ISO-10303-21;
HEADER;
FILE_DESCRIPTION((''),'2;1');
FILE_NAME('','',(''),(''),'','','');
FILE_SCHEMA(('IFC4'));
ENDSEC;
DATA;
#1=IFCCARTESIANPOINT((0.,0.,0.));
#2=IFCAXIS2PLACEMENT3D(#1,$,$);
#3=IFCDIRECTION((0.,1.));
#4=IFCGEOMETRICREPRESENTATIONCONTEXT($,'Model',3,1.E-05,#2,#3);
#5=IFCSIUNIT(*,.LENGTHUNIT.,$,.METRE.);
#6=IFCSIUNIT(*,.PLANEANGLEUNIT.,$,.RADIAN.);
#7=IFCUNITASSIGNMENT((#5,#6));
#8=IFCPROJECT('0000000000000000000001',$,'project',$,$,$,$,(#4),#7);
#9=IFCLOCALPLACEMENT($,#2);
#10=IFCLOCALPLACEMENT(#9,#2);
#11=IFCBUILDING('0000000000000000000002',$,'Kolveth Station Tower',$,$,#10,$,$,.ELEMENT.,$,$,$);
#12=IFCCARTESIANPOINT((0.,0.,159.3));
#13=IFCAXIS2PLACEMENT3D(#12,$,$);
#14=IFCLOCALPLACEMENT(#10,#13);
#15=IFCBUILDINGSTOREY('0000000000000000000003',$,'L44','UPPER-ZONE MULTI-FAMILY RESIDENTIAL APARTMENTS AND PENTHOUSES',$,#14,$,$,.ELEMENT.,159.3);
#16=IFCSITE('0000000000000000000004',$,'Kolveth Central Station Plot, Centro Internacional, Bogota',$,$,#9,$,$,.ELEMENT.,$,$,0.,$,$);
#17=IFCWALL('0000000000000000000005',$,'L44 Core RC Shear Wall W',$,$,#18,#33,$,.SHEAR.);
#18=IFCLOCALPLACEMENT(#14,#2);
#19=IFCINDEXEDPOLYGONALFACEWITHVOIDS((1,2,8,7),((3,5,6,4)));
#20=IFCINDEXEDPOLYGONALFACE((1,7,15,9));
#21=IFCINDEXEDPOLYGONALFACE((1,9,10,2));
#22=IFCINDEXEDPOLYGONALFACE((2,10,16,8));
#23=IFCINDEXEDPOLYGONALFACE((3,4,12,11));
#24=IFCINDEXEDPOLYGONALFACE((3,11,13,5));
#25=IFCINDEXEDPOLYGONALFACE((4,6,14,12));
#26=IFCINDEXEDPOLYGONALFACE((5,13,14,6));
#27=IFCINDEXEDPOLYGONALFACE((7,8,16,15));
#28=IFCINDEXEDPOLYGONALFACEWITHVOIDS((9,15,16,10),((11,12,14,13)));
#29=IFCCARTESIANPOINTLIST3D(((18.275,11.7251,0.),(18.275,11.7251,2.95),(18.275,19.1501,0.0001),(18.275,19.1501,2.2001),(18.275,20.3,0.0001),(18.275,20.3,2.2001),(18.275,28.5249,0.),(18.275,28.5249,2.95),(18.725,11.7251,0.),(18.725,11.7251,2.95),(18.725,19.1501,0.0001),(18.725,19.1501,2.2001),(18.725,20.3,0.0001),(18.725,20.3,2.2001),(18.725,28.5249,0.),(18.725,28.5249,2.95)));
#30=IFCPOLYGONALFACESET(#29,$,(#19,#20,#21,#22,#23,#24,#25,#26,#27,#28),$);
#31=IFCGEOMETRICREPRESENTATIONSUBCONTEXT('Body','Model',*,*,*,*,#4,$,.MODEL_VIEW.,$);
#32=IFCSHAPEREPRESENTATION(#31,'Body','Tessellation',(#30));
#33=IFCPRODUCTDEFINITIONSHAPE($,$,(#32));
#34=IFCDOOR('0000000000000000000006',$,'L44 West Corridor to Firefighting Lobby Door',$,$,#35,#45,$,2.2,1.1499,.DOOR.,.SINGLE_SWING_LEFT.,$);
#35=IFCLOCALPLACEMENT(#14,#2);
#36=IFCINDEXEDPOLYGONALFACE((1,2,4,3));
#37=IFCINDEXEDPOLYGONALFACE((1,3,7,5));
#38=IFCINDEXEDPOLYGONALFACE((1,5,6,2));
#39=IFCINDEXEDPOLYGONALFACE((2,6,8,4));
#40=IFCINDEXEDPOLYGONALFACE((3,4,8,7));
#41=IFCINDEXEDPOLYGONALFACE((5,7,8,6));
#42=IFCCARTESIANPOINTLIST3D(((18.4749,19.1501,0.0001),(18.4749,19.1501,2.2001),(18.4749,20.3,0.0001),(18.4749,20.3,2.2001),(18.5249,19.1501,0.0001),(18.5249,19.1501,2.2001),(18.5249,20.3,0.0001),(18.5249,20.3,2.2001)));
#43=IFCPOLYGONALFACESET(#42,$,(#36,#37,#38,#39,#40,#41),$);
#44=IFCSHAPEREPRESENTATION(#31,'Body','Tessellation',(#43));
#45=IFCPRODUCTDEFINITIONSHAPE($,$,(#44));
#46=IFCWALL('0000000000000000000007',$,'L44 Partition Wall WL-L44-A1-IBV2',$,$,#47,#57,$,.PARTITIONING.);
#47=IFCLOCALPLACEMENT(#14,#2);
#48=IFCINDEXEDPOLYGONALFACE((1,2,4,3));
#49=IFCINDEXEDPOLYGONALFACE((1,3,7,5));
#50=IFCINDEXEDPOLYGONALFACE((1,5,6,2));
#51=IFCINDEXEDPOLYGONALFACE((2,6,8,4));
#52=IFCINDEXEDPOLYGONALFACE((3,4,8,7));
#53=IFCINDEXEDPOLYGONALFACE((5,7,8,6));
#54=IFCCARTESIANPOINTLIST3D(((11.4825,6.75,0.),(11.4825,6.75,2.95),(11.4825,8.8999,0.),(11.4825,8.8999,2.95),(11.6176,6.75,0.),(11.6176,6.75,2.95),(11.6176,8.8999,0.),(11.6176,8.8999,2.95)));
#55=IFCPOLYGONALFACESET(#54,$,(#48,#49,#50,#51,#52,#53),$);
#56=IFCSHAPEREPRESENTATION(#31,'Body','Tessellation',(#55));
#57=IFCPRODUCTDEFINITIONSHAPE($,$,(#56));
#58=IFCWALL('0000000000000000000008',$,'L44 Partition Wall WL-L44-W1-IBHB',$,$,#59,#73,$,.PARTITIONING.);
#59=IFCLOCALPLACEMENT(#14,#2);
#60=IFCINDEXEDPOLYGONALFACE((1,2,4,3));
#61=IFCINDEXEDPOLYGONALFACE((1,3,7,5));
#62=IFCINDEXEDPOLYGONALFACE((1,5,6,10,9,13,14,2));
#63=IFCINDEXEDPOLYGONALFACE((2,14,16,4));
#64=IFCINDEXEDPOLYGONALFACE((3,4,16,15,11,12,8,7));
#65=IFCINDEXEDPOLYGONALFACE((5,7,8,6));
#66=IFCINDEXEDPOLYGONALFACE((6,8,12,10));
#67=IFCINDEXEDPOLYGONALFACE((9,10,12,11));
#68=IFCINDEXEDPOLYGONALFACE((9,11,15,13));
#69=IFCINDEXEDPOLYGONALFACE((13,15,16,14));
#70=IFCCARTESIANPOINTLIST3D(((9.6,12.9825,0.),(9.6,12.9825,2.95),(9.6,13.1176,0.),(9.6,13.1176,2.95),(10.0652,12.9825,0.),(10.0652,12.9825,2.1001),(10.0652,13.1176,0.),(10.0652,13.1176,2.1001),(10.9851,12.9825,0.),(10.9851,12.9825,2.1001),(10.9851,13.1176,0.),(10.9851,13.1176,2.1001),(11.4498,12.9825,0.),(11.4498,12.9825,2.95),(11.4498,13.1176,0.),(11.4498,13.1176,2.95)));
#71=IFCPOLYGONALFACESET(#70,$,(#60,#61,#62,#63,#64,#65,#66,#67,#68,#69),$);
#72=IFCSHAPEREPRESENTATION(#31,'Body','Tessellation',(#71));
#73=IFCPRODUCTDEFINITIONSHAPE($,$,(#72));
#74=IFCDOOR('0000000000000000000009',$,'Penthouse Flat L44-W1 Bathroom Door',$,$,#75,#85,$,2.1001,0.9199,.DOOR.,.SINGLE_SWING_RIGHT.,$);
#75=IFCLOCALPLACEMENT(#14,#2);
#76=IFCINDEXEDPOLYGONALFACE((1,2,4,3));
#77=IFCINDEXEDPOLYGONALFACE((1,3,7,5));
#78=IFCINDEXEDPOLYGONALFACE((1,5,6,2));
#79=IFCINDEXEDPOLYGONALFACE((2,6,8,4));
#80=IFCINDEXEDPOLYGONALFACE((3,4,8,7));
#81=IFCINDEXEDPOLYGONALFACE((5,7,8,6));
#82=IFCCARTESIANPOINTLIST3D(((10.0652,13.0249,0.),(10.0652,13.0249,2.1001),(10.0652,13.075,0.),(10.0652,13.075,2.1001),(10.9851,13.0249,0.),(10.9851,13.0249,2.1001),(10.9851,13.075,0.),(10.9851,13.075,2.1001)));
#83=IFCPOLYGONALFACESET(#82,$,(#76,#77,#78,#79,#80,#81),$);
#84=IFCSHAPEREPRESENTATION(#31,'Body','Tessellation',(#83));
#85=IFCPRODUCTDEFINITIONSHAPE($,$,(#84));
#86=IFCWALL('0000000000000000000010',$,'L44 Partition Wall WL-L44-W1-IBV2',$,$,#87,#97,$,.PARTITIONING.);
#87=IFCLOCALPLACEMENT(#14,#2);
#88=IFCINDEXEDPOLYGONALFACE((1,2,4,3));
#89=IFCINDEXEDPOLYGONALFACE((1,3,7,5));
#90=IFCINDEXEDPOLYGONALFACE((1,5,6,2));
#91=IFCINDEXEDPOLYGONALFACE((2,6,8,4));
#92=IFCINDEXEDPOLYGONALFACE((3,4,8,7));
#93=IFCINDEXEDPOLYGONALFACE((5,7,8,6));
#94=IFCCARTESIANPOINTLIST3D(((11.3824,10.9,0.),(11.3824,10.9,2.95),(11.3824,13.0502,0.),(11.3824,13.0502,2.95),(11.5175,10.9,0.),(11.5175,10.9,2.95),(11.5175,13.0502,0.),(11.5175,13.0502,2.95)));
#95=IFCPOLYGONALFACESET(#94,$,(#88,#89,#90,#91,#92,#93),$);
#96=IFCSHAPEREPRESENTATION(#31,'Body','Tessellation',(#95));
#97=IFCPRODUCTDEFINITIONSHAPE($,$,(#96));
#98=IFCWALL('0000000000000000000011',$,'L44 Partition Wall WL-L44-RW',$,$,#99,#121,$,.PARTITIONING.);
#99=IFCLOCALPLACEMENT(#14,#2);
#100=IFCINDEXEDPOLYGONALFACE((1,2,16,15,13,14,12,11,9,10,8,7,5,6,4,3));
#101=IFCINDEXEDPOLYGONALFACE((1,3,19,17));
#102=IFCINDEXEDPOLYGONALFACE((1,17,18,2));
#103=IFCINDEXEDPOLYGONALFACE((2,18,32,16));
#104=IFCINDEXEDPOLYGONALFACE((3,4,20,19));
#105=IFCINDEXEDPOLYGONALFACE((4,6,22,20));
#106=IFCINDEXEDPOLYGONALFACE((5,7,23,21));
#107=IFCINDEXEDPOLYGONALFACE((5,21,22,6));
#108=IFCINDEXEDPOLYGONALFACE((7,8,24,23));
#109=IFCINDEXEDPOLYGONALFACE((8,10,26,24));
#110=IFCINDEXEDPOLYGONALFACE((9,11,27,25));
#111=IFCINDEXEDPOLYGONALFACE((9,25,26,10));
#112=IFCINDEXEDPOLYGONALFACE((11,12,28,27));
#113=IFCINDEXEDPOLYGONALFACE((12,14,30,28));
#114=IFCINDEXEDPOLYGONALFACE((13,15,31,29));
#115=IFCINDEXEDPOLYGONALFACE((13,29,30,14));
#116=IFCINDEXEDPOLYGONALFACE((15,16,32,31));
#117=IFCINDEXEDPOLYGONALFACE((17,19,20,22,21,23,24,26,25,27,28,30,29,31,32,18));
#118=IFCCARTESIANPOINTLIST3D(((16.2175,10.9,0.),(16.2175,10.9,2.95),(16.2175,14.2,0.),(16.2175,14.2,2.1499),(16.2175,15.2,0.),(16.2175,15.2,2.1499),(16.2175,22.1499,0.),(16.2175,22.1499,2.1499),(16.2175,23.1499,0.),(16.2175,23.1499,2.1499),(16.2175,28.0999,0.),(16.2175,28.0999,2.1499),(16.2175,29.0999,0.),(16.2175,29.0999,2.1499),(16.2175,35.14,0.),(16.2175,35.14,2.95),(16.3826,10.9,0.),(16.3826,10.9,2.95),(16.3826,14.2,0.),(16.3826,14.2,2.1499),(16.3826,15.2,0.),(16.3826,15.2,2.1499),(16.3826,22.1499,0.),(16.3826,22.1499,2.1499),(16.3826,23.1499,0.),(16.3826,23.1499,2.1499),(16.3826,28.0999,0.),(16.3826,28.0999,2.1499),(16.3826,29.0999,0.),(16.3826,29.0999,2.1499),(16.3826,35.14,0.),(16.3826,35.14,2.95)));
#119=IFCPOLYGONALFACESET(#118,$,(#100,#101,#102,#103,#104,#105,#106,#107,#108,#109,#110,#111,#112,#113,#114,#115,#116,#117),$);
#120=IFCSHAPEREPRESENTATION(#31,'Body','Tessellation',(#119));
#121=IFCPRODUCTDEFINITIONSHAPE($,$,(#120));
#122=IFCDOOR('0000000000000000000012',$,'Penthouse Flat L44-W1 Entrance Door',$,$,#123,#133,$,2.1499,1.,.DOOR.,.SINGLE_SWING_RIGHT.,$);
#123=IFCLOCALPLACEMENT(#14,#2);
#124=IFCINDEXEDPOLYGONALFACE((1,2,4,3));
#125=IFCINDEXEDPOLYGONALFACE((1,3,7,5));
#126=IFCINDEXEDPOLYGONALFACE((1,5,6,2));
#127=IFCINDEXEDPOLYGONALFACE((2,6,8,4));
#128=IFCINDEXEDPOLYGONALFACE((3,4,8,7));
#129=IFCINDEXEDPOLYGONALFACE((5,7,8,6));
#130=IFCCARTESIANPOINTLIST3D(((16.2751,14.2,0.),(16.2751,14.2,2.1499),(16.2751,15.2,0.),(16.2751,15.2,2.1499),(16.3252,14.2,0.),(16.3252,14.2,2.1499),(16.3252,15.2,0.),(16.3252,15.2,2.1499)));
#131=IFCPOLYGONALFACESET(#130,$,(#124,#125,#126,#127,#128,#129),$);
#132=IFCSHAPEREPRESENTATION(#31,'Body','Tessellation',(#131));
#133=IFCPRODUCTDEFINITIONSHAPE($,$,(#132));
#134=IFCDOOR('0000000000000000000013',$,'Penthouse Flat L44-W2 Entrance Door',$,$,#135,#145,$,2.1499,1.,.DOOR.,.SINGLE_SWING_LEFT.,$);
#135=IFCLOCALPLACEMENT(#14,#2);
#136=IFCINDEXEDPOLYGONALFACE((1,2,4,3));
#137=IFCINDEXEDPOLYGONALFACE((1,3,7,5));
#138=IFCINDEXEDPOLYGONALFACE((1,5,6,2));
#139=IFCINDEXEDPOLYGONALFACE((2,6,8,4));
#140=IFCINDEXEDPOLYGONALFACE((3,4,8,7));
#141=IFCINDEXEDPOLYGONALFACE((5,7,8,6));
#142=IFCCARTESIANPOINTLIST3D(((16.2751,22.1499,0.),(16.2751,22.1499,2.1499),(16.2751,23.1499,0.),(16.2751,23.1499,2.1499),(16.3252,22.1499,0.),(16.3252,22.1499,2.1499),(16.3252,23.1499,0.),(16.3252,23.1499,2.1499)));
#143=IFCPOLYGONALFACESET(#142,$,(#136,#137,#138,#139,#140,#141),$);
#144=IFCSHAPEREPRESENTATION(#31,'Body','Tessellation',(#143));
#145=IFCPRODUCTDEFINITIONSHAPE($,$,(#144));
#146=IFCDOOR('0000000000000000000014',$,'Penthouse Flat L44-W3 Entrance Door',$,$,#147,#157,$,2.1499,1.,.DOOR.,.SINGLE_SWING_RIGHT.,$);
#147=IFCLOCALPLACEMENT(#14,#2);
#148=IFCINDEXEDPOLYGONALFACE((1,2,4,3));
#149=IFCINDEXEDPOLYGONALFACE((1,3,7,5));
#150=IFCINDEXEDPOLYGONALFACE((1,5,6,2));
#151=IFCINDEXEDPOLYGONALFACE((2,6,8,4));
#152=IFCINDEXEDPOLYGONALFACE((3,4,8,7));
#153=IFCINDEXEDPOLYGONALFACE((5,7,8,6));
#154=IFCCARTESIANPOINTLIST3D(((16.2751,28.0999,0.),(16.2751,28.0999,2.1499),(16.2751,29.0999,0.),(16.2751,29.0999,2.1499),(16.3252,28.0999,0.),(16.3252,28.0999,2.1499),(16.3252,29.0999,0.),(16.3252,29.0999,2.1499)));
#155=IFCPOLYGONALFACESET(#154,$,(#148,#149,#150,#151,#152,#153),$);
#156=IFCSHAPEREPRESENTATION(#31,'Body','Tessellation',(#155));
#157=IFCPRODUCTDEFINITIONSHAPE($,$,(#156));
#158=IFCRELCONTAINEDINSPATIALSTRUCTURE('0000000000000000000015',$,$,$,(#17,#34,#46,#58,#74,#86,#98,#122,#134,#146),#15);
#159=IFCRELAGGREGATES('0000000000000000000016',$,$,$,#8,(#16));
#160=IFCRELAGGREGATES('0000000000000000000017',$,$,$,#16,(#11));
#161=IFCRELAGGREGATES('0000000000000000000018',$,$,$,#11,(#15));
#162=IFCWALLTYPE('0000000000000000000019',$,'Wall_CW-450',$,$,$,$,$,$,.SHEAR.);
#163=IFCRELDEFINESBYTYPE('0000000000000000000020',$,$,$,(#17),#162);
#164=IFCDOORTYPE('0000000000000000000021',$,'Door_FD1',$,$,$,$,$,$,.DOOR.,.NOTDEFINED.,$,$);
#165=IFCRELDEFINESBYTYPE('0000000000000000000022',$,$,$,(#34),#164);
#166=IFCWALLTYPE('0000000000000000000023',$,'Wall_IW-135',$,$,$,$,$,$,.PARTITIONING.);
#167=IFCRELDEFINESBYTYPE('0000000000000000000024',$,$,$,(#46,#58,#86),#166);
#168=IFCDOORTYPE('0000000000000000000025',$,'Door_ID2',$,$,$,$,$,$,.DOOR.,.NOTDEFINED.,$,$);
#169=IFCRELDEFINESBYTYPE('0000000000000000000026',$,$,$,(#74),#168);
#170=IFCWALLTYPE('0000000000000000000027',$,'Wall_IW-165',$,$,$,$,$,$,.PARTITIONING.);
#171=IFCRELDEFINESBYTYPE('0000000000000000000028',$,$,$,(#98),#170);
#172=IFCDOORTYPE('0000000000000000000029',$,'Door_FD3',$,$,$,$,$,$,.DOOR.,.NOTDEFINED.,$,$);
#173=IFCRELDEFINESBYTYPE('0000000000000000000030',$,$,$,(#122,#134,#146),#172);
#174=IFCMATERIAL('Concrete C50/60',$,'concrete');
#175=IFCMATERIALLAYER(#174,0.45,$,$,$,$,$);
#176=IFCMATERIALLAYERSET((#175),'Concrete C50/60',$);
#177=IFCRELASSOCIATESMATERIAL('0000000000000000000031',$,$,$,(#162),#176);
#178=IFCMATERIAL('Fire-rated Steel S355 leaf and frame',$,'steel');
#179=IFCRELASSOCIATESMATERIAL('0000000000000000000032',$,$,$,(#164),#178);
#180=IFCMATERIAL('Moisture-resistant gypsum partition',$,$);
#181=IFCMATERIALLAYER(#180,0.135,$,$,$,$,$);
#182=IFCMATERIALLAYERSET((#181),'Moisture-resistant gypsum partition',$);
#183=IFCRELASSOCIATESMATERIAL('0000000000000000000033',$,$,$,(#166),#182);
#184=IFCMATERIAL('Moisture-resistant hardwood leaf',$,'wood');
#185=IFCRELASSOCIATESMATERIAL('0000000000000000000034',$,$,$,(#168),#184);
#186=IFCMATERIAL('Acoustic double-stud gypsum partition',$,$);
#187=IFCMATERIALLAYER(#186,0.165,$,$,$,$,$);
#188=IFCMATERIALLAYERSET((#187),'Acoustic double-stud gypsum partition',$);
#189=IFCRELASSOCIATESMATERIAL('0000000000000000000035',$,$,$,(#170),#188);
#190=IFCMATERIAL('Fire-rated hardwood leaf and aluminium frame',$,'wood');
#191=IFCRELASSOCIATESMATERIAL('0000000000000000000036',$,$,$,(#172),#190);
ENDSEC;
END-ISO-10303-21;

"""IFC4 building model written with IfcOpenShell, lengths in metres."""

from ifc_helpers import new_model, si_unit, direction, frame, frame_2d, origin, place, context, subcontext, project, spatial, rectangle, extrude, material, layer, layer_set, type_object, element, fill, save


model = new_model("IFC4")

# Units and contexts
model_context = context("Model", 3, precision=1e-05, world=origin(), true_north=direction((0.0, 1.0)))
body_context = subcontext(model_context, "Body", "Model", "MODEL_VIEW")
ifc_project = project(units=[si_unit("LENGTHUNIT", "METRE"), si_unit("PLANEANGLEUNIT", "RADIAN")], contexts=[model_context])

# Site, building, storey
site_placement = place(None, origin())
site = spatial("IfcSite", under=ifc_project, at=site_placement, Name="Kolveth Central Station Plot, Centro Internacional, Bogota", CompositionType="ELEMENT", RefElevation=0.0)
building_placement = place(site_placement, origin())
building = spatial("IfcBuilding", under=site, at=building_placement, Name="Kolveth Station Tower", CompositionType="ELEMENT")
storey_placement = place(building_placement, frame((0.0, 0.0, 159.3)))
storey = spatial("IfcBuildingStorey", under=building, at=storey_placement, Name="L44", Description="UPPER-ZONE MULTI-FAMILY RESIDENTIAL APARTMENTS AND PENTHOUSES", CompositionType="ELEMENT", Elevation=159.3)

# Shared definitions
ifc_material_1 = material(Name="Concrete C50/60", Category="concrete")
ifc_layer_1 = layer(ifc_material_1, 0.45)
ifc_layer_set_1 = layer_set([ifc_layer_1], Name="Concrete C50/60")
wall_type_1 = type_object("IfcWallType", Name="Wall_CW-450", PredefinedType="SHEAR", material=ifc_layer_set_1)

# Wall, opening, door
wall_1_placement = place(storey_placement, frame((18.5, 11.7251, 0.0), z_axis=(0.0, 0.0, 1.0), x_axis=(0.0, 1.0, 0.0)))
wall_1 = element("IfcWall", 1, at=wall_1_placement, inside=storey, type_object=wall_type_1, Name="L44 Core RC Shear Wall W", PredefinedType="SHEAR", context=body_context, shape_type="SweptSolid", body=[
    extrude(rectangle(XDim=16.7998, YDim=0.45, at=frame_2d((8.3999, 0.0))), origin(), (0.0, 0.0, 1.0), 2.95),
])
opening_1_placement = place(wall_1_placement, frame((7.425, 0.0, 0.0)))
opening_1 = element("IfcOpeningElement", 2, at=opening_1_placement, cuts=wall_1, PredefinedType="OPENING", context=body_context, shape_type="SweptSolid", body=[
    extrude(rectangle(XDim=1.1499, YDim=2.2, at=frame_2d((0.575, 1.1001))), frame((0.0, 0.2349, 0.0), z_axis=(0.0, -1.0, 0.0), x_axis=(1.0, 0.0, 0.0)), (0.0, 0.0, 1.0), 0.47),
])
ifc_material_2 = material(Name="Fire-rated Steel S355 leaf and frame", Category="steel")
door_type_1 = type_object("IfcDoorType", Name="Door_FD1", OperationType="NOTDEFINED", PredefinedType="DOOR", material=ifc_material_2)
door_1_placement = place(opening_1_placement, frame((1.1499, 0.0, 0.0), z_axis=(0.0, 0.0, 1.0), x_axis=(-1.0, 0.0, 0.0)))
door_1 = element("IfcDoor", 3, at=door_1_placement, inside=storey, type_object=door_type_1, Name="L44 West Corridor to Firefighting Lobby Door", OperationType="SINGLE_SWING_LEFT", OverallHeight=2.2, OverallWidth=1.1499, PredefinedType="DOOR", context=body_context, shape_type="SweptSolid", body=[
    extrude(rectangle(XDim=1.1499, YDim=2.2, at=frame_2d((0.575, 1.1001))), frame((0.0, 0.0249, 0.0), z_axis=(0.0, -1.0, 0.0), x_axis=(1.0, 0.0, 0.0)), (0.0, 0.0, 1.0), 0.05),
])
fill(opening_1, door_1)

# Wall
ifc_material_3 = material(Name="Moisture-resistant gypsum partition")
ifc_layer_2 = layer(ifc_material_3, 0.135)
ifc_layer_set_2 = layer_set([ifc_layer_2], Name="Moisture-resistant gypsum partition")
wall_type_2 = type_object("IfcWallType", Name="Wall_IW-135", PredefinedType="PARTITIONING", material=ifc_layer_set_2)
wall_2_placement = place(storey_placement, frame((11.55, 6.75, 0.0), z_axis=(0.0, 0.0, 1.0), x_axis=(0.0, 1.0, 0.0)))
element("IfcWall", 4, at=wall_2_placement, inside=storey, type_object=wall_type_2, Name="L44 Partition Wall WL-L44-A1-IBV2", PredefinedType="PARTITIONING", context=body_context, shape_type="SweptSolid", body=[
    extrude(rectangle(XDim=2.1499, YDim=0.135, at=frame_2d((1.075, 0.0))), origin(), (0.0, 0.0, 1.0), 2.95),
])

# Wall, opening, door
wall_3_placement = place(storey_placement, frame((9.6001, 13.05, 0.0), z_axis=(0.0, 0.0, 1.0), x_axis=(1.0, 0.0, 0.0)))
wall_3 = element("IfcWall", 5, at=wall_3_placement, inside=storey, type_object=wall_type_2, Name="L44 Partition Wall WL-L44-W1-IBHB", PredefinedType="PARTITIONING", context=body_context, shape_type="SweptSolid", body=[
    extrude(rectangle(XDim=1.8499, YDim=0.135, at=frame_2d((0.9248, 0.0))), origin(), (0.0, 0.0, 1.0), 2.95),
])
opening_2_placement = place(wall_3_placement, frame((0.4651, 0.0, 0.0)))
opening_2 = element("IfcOpeningElement", 6, at=opening_2_placement, cuts=wall_3, PredefinedType="OPENING", context=body_context, shape_type="SweptSolid", body=[
    extrude(rectangle(XDim=0.9199, YDim=2.1001, at=frame_2d((0.46, 1.05))), frame((0.0, 0.0774, 0.0), z_axis=(0.0, -1.0, 0.0), x_axis=(1.0, 0.0, 0.0)), (0.0, 0.0, 1.0), 0.155),
])
ifc_material_4 = material(Name="Moisture-resistant hardwood leaf", Category="wood")
door_type_2 = type_object("IfcDoorType", Name="Door_ID2", OperationType="NOTDEFINED", PredefinedType="DOOR", material=ifc_material_4)
door_2_placement = place(opening_2_placement, origin())
door_2 = element("IfcDoor", 7, at=door_2_placement, inside=storey, type_object=door_type_2, Name="Penthouse Flat L44-W1 Bathroom Door", OperationType="SINGLE_SWING_RIGHT", OverallHeight=2.1001, OverallWidth=0.9199, PredefinedType="DOOR", context=body_context, shape_type="SweptSolid", body=[
    extrude(rectangle(XDim=0.9199, YDim=2.1001, at=frame_2d((0.46, 1.05))), frame((0.0, 0.0249, 0.0), z_axis=(0.0, -1.0, 0.0), x_axis=(1.0, 0.0, 0.0)), (0.0, 0.0, 1.0), 0.05),
])
fill(opening_2, door_2)

# Wall
wall_4_placement = place(storey_placement, frame((11.45, 10.8999, 0.0), z_axis=(0.0, 0.0, 1.0), x_axis=(0.0, 1.0, 0.0)))
element("IfcWall", 8, at=wall_4_placement, inside=storey, type_object=wall_type_2, Name="L44 Partition Wall WL-L44-W1-IBV2", PredefinedType="PARTITIONING", context=body_context, shape_type="SweptSolid", body=[
    extrude(rectangle(XDim=2.1501, YDim=0.135, at=frame_2d((1.0752, 0.0))), origin(), (0.0, 0.0, 1.0), 2.95),
])

# Wall, openings, doors
ifc_material_5 = material(Name="Acoustic double-stud gypsum partition")
ifc_layer_3 = layer(ifc_material_5, 0.165)
ifc_layer_set_3 = layer_set([ifc_layer_3], Name="Acoustic double-stud gypsum partition")
wall_type_3 = type_object("IfcWallType", Name="Wall_IW-165", PredefinedType="PARTITIONING", material=ifc_layer_set_3)
wall_5_placement = place(storey_placement, frame((16.3, 10.8999, 0.0), z_axis=(0.0, 0.0, 1.0), x_axis=(0.0, 1.0, 0.0)))
wall_5 = element("IfcWall", 9, at=wall_5_placement, inside=storey, type_object=wall_type_3, Name="L44 Partition Wall WL-L44-RW", PredefinedType="PARTITIONING", context=body_context, shape_type="SweptSolid", body=[
    extrude(rectangle(XDim=24.24, YDim=0.165, at=frame_2d((12.1201, 0.0))), origin(), (0.0, 0.0, 1.0), 2.95),
])
opening_3_placement = place(wall_5_placement, frame((3.3, 0.0, 0.0)))
opening_3 = element("IfcOpeningElement", 10, at=opening_3_placement, cuts=wall_5, PredefinedType="OPENING", context=body_context, shape_type="SweptSolid", body=[
    extrude(rectangle(XDim=1.0, YDim=2.1499, at=frame_2d((0.5, 1.075))), frame((0.0, 0.0925, 0.0), z_axis=(0.0, -1.0, 0.0), x_axis=(1.0, 0.0, 0.0)), (0.0, 0.0, 1.0), 0.1851),
])
opening_4_placement = place(wall_5_placement, frame((11.25, 0.0, 0.0)))
opening_4 = element("IfcOpeningElement", 11, at=opening_4_placement, cuts=wall_5, PredefinedType="OPENING", context=body_context, shape_type="SweptSolid", body=[
    extrude(rectangle(XDim=1.0, YDim=2.1499, at=frame_2d((0.5, 1.075))), frame((0.0, 0.0925, 0.0), z_axis=(0.0, -1.0, 0.0), x_axis=(1.0, 0.0, 0.0)), (0.0, 0.0, 1.0), 0.1851),
])
opening_5_placement = place(wall_5_placement, frame((17.2, 0.0, 0.0)))
opening_5 = element("IfcOpeningElement", 12, at=opening_5_placement, cuts=wall_5, PredefinedType="OPENING", context=body_context, shape_type="SweptSolid", body=[
    extrude(rectangle(XDim=1.0, YDim=2.1499, at=frame_2d((0.5, 1.075))), frame((0.0, 0.0925, 0.0), z_axis=(0.0, -1.0, 0.0), x_axis=(1.0, 0.0, 0.0)), (0.0, 0.0, 1.0), 0.1851),
])
ifc_material_6 = material(Name="Fire-rated hardwood leaf and aluminium frame", Category="wood")
door_type_3 = type_object("IfcDoorType", Name="Door_FD3", OperationType="NOTDEFINED", PredefinedType="DOOR", material=ifc_material_6)
door_3_placement = place(opening_3_placement, origin())
door_3 = element("IfcDoor", 13, at=door_3_placement, inside=storey, type_object=door_type_3, Name="Penthouse Flat L44-W1 Entrance Door", OperationType="SINGLE_SWING_RIGHT", OverallHeight=2.1499, OverallWidth=1.0, PredefinedType="DOOR", context=body_context, shape_type="SweptSolid", body=[
    extrude(rectangle(XDim=1.0, YDim=2.1499, at=frame_2d((0.5, 1.075))), frame((0.0, 0.0249, 0.0), z_axis=(0.0, -1.0, 0.0), x_axis=(1.0, 0.0, 0.0)), (0.0, 0.0, 1.0), 0.05),
])
fill(opening_3, door_3)
door_4_placement = place(opening_4_placement, origin())
door_4 = element("IfcDoor", 14, at=door_4_placement, inside=storey, type_object=door_type_3, Name="Penthouse Flat L44-W2 Entrance Door", OperationType="SINGLE_SWING_LEFT", OverallHeight=2.1499, OverallWidth=1.0, PredefinedType="DOOR", context=body_context, shape_type="SweptSolid", body=[
    extrude(rectangle(XDim=1.0, YDim=2.1499, at=frame_2d((0.5, 1.075))), frame((0.0, 0.0249, 0.0), z_axis=(0.0, -1.0, 0.0), x_axis=(1.0, 0.0, 0.0)), (0.0, 0.0, 1.0), 0.05),
])
fill(opening_4, door_4)
door_5_placement = place(opening_5_placement, origin())
door_5 = element("IfcDoor", 15, at=door_5_placement, inside=storey, type_object=door_type_3, Name="Penthouse Flat L44-W3 Entrance Door", OperationType="SINGLE_SWING_RIGHT", OverallHeight=2.1499, OverallWidth=1.0, PredefinedType="DOOR", context=body_context, shape_type="SweptSolid", body=[
    extrude(rectangle(XDim=1.0, YDim=2.1499, at=frame_2d((0.5, 1.075))), frame((0.0, 0.0249, 0.0), z_axis=(0.0, -1.0, 0.0), x_axis=(1.0, 0.0, 0.0)), (0.0, 0.0, 1.0), 0.05),
])
fill(opening_5, door_5)

save(model, "model.ifc")
